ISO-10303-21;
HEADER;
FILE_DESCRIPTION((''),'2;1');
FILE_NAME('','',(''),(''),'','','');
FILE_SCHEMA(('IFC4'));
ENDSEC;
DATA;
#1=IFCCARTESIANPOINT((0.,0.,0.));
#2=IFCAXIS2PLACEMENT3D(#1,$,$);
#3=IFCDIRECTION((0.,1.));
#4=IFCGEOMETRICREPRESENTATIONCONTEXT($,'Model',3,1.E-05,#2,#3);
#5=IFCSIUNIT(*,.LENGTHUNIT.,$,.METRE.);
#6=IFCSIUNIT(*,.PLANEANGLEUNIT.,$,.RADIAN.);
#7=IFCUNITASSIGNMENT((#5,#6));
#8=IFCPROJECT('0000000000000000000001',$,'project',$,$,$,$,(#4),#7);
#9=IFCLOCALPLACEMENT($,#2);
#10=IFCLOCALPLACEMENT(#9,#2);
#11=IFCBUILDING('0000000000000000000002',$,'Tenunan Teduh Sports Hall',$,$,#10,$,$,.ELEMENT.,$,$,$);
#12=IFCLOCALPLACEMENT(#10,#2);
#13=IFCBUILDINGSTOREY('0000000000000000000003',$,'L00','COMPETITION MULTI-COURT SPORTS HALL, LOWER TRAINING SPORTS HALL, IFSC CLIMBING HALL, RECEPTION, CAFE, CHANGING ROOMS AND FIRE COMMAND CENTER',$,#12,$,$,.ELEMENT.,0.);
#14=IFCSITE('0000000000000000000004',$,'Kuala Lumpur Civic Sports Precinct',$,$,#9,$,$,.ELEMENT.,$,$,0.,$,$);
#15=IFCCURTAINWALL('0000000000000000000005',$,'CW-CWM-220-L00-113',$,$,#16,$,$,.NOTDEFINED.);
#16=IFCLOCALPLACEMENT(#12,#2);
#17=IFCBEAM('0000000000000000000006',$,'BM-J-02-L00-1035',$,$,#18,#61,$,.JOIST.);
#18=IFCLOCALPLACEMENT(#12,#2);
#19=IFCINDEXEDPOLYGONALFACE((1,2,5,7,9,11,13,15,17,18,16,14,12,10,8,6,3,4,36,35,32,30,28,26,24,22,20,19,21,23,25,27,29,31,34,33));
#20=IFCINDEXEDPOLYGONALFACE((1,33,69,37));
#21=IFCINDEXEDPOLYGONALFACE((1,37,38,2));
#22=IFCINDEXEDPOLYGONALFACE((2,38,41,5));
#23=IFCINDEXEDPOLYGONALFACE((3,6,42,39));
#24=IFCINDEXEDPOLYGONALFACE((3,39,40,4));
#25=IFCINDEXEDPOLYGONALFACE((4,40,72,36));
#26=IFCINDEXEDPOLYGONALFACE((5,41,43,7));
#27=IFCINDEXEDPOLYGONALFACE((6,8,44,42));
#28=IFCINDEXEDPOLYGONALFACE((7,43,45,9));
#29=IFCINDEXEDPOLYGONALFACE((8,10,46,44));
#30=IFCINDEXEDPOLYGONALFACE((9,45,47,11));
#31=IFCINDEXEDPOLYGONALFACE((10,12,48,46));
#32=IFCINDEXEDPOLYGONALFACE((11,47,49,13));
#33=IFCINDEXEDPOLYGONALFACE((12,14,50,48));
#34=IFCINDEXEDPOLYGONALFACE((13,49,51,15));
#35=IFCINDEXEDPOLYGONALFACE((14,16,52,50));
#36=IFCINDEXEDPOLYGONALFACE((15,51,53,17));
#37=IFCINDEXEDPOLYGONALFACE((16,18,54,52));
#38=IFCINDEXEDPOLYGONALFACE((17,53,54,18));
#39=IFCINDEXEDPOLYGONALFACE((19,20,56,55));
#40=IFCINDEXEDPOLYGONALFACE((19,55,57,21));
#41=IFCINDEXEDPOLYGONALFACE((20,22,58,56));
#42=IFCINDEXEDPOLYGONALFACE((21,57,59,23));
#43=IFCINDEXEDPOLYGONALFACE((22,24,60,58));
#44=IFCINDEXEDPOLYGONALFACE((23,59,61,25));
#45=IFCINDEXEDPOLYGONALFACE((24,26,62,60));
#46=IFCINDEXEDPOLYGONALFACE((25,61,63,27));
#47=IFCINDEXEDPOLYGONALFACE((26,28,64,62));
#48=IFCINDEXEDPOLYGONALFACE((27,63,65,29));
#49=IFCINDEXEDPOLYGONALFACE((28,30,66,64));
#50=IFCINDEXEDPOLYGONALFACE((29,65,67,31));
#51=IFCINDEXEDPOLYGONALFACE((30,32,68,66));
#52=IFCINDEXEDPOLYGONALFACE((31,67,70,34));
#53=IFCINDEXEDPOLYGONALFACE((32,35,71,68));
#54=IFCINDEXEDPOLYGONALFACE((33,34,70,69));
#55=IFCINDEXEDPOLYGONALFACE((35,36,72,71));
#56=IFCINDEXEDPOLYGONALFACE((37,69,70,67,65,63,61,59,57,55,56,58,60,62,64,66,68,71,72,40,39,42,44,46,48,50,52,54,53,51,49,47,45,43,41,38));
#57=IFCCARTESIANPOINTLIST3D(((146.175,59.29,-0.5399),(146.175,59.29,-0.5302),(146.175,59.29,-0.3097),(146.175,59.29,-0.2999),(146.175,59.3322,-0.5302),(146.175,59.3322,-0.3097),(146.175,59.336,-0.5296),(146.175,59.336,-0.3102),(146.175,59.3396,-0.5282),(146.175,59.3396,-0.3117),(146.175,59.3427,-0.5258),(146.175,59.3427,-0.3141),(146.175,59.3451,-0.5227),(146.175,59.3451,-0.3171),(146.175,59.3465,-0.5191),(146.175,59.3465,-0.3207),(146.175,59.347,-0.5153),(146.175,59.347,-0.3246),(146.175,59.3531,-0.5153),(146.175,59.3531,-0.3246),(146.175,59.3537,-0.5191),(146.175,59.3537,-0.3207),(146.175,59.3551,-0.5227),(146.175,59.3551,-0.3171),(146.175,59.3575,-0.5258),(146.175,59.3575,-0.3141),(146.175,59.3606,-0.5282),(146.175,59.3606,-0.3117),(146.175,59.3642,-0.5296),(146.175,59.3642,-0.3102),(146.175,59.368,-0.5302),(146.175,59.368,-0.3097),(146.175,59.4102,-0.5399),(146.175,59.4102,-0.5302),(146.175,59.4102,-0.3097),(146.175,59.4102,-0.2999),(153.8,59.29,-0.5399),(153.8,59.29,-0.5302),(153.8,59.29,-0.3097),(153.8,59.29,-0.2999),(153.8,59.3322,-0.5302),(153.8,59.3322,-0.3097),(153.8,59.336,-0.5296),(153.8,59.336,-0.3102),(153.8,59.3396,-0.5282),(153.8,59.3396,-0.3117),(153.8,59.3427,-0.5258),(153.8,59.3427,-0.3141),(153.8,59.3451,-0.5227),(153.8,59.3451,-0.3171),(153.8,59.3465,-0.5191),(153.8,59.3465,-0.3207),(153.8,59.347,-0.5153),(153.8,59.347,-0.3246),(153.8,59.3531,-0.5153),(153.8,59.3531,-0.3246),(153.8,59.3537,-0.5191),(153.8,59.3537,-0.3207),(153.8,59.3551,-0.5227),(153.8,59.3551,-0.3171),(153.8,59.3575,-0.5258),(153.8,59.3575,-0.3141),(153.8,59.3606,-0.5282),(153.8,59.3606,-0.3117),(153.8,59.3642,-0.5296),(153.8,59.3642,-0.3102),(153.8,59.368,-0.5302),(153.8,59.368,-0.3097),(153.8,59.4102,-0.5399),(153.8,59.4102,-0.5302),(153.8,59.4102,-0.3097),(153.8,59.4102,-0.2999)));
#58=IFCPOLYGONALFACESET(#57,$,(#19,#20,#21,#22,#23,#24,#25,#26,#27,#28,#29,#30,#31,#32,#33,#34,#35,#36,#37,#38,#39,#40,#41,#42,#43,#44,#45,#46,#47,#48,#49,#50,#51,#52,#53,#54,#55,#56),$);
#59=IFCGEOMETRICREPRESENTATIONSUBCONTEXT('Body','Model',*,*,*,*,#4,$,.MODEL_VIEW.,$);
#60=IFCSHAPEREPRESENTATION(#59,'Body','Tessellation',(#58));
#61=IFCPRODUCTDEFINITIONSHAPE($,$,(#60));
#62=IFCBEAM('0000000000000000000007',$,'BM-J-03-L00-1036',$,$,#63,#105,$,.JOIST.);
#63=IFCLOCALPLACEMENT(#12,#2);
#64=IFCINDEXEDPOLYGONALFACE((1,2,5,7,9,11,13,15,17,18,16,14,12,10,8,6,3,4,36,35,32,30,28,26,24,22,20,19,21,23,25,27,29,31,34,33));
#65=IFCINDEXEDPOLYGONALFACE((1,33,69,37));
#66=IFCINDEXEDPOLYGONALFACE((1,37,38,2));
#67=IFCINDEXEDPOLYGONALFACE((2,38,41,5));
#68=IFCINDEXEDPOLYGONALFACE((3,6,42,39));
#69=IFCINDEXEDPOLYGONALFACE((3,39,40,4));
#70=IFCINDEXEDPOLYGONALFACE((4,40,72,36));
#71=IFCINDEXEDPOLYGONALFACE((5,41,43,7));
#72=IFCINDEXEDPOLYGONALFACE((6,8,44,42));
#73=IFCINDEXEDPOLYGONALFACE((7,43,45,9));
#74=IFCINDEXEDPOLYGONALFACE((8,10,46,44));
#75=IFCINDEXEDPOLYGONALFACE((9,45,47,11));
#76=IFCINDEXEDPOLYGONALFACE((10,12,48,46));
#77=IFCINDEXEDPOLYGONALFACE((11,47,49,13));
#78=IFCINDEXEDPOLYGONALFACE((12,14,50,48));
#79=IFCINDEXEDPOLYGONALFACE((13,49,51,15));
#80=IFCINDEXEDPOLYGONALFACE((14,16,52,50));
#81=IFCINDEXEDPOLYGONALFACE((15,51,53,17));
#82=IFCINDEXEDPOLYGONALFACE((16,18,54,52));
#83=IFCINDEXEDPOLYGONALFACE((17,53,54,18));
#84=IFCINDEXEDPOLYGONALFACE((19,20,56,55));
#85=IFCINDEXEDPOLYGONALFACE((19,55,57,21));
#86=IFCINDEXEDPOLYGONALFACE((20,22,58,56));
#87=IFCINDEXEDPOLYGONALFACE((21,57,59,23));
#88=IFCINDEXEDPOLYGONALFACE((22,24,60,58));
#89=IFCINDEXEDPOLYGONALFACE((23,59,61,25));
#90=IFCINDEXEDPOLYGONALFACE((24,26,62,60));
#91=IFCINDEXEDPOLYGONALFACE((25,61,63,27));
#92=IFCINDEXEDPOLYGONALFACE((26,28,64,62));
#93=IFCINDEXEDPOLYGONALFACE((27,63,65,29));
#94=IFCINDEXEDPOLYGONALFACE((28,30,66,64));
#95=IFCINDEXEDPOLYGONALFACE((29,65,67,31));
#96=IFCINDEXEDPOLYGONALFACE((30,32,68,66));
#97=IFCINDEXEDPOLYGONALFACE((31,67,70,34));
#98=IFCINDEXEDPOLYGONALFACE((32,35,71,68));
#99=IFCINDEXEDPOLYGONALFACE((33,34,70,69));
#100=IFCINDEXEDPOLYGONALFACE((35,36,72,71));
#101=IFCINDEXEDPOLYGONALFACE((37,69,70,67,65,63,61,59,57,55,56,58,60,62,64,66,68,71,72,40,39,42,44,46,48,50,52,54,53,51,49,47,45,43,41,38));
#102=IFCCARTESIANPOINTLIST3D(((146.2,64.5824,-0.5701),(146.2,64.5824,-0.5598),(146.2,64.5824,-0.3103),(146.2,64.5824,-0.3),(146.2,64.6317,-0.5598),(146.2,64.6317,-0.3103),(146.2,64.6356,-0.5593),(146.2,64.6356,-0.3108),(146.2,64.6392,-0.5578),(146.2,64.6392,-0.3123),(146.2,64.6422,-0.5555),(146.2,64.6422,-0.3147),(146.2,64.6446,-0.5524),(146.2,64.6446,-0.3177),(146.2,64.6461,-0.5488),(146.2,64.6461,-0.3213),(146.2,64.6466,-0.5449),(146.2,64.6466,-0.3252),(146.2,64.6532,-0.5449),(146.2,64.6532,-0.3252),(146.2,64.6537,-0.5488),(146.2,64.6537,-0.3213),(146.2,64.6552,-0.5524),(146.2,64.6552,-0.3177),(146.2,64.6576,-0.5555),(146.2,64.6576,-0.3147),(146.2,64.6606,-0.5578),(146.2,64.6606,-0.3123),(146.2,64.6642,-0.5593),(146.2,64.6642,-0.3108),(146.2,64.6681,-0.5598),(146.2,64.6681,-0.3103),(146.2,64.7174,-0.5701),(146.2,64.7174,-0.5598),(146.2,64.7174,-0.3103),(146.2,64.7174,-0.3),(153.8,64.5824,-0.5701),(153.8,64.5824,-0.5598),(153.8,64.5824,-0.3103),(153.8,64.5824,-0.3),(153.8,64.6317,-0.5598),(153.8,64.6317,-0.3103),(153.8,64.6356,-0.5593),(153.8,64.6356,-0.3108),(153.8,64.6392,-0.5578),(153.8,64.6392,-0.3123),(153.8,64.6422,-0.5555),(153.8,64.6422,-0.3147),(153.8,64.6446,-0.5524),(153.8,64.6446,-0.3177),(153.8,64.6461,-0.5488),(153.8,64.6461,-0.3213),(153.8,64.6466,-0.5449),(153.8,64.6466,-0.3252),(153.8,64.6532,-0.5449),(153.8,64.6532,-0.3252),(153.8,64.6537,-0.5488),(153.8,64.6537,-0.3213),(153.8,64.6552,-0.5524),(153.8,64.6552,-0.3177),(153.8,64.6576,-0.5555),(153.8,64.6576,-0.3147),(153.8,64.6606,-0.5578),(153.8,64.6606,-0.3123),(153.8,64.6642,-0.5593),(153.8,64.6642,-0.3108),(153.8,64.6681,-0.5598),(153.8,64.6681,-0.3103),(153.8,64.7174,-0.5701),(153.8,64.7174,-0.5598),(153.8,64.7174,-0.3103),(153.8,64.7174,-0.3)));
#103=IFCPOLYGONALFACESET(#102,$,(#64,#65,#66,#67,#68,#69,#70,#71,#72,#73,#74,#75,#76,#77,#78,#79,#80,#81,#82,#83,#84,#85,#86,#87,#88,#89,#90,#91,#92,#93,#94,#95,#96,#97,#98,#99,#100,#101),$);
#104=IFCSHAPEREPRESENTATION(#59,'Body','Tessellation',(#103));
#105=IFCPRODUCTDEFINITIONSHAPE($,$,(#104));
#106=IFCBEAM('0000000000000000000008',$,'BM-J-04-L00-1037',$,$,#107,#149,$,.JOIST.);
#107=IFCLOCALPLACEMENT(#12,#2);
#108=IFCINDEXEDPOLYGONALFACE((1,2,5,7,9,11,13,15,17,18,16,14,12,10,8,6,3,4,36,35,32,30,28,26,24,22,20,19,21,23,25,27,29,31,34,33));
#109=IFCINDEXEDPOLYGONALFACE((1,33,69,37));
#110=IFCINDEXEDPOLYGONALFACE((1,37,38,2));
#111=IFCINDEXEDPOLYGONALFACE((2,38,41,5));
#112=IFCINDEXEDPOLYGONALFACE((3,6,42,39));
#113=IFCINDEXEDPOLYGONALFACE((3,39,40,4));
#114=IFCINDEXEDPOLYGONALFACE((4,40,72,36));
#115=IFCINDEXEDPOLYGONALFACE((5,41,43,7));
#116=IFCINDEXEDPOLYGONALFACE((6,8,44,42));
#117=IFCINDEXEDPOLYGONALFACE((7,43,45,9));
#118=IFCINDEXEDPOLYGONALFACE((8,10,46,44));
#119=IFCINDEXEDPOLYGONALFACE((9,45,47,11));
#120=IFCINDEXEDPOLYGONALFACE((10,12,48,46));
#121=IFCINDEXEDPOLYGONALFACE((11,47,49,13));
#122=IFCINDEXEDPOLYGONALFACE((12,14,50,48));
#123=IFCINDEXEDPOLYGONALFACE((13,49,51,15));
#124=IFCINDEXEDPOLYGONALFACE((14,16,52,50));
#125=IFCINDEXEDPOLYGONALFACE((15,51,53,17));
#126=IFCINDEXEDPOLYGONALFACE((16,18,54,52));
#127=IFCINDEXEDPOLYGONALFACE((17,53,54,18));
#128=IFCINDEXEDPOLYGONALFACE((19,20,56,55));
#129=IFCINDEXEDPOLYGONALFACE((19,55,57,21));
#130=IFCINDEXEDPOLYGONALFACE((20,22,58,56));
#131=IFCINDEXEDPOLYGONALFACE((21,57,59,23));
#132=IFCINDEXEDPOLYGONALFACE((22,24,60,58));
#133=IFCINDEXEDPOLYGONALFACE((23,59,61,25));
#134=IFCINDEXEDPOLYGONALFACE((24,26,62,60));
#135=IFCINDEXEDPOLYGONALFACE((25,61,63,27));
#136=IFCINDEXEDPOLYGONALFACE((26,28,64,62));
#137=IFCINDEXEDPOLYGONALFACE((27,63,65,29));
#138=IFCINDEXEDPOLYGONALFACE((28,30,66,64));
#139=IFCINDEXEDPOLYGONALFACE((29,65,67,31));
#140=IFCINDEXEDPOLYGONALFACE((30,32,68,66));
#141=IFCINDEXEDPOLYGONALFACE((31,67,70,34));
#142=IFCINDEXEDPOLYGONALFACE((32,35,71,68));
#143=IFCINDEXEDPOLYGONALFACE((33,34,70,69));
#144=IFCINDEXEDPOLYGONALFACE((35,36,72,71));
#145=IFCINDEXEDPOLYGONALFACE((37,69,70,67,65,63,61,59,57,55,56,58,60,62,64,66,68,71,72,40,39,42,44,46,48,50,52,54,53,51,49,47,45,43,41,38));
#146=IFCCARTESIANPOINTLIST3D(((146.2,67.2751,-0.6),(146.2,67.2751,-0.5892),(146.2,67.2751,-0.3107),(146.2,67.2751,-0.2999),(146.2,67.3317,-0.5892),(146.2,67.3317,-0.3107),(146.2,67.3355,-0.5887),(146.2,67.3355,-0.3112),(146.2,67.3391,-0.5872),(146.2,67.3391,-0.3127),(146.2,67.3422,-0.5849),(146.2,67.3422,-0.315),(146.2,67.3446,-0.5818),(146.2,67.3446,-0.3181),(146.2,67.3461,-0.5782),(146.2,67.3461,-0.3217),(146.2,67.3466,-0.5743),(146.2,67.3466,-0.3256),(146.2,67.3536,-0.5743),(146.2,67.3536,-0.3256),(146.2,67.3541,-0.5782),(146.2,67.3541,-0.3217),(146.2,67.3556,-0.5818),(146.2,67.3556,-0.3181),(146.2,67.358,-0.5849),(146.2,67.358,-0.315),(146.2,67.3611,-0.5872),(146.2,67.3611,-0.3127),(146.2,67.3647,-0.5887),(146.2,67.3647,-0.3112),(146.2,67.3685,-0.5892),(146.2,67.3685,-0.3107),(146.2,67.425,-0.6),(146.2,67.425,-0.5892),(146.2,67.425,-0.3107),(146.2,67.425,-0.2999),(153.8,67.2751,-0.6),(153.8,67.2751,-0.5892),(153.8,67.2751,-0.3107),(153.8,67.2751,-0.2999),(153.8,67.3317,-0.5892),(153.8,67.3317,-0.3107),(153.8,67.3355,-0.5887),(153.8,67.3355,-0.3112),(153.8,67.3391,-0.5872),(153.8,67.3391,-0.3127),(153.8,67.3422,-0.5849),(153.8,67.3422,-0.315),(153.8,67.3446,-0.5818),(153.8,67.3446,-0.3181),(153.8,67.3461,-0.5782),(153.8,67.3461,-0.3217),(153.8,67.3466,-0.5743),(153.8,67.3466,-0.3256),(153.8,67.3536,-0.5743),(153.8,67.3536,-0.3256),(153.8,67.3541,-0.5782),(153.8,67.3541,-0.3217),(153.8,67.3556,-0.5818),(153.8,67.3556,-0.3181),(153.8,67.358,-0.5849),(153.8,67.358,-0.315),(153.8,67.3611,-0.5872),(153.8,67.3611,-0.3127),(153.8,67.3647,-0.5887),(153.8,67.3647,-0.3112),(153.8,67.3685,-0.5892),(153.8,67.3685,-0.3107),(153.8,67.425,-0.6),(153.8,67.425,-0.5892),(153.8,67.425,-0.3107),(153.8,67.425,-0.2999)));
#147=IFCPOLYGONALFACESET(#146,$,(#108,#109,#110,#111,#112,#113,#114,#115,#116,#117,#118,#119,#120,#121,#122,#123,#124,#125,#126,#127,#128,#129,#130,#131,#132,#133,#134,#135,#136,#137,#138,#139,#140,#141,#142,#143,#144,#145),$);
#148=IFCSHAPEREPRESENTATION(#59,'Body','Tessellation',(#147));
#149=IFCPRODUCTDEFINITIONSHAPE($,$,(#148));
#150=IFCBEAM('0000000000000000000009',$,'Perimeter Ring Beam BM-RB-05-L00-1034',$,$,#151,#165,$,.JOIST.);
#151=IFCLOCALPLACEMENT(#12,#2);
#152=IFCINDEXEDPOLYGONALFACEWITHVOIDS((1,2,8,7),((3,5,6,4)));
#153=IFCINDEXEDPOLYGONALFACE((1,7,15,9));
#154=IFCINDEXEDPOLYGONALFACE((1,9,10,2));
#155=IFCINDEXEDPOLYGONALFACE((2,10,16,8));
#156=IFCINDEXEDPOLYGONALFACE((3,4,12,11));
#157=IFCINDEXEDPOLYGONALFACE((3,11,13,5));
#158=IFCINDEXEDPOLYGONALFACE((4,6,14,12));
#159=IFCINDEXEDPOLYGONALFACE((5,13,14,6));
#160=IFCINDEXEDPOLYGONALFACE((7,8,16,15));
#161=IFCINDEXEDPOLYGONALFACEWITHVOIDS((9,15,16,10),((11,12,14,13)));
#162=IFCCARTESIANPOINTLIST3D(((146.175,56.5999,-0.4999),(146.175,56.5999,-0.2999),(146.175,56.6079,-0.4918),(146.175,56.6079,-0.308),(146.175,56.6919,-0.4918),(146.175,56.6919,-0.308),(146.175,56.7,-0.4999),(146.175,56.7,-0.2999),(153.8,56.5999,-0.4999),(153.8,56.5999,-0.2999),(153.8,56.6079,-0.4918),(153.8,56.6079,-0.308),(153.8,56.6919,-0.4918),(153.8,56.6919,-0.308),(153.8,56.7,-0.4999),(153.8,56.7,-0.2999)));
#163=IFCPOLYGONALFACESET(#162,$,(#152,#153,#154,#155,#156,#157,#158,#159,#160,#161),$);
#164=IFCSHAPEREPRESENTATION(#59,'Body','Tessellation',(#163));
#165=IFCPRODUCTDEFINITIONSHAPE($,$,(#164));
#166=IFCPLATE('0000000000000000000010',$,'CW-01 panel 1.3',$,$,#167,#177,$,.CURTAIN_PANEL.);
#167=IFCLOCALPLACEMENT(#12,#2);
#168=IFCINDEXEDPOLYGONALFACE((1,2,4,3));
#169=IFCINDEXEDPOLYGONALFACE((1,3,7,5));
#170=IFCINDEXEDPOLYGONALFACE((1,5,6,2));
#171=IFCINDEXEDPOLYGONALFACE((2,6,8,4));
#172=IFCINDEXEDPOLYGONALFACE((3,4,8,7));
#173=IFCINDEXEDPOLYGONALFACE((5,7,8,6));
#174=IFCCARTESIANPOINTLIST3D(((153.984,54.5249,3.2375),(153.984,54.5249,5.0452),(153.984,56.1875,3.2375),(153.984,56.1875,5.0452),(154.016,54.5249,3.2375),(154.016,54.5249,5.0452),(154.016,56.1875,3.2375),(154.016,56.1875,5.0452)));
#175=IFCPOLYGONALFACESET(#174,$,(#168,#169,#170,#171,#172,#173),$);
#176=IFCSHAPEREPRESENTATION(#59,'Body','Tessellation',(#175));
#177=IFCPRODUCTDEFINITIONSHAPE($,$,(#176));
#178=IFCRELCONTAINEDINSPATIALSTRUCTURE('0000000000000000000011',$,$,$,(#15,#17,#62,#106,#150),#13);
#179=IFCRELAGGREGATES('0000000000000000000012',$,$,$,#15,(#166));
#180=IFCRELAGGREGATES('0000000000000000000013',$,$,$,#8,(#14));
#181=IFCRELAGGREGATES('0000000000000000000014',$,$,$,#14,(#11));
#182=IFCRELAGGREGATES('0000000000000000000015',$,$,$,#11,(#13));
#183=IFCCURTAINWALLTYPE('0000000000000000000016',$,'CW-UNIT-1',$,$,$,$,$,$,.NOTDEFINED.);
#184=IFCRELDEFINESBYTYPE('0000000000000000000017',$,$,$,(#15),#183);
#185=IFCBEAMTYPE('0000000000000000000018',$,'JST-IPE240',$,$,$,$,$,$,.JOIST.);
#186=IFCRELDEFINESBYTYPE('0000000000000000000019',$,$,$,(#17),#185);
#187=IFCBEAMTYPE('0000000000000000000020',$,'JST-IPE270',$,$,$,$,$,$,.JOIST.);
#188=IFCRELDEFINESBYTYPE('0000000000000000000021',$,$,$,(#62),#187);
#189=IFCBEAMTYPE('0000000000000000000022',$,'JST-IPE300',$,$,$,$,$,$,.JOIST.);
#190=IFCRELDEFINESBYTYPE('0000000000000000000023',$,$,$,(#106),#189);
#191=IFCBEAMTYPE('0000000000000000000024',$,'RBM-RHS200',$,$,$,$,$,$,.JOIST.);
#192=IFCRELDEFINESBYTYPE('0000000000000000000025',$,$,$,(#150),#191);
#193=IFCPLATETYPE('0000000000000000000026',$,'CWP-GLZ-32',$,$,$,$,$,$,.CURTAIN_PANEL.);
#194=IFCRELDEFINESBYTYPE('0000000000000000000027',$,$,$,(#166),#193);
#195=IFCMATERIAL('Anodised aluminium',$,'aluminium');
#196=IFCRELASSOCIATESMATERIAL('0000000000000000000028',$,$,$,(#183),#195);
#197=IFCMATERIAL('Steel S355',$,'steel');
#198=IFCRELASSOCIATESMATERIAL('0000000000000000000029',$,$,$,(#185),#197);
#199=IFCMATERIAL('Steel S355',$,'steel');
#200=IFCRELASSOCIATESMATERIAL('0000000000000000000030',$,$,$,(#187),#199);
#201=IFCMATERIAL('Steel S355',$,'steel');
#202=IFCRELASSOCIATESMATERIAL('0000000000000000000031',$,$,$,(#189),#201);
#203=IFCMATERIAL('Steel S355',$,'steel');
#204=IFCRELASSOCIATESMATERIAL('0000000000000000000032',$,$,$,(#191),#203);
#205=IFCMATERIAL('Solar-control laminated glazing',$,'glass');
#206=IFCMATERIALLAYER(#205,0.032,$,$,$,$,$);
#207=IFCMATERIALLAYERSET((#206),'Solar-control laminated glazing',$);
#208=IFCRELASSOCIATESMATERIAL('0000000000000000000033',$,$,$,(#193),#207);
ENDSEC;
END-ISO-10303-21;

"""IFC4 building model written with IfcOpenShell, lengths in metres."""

from ifc_helpers import new_model, si_unit, direction, frame, origin, origin_2d, place, context, subcontext, project, spatial, rectangle, hollow_rectangle, i_section, extrude, material, layer, layer_set, material_profile, profile_set, type_object, element, aggregate, save


model = new_model("IFC4")

# Units and contexts
model_context = context("Model", 3, precision=1e-05, world=origin(), true_north=direction((0.0, 1.0)))
body_context = subcontext(model_context, "Body", "Model", "MODEL_VIEW")
ifc_project = project(units=[si_unit("LENGTHUNIT", "METRE"), si_unit("PLANEANGLEUNIT", "RADIAN")], contexts=[model_context])

# Site, building, storey
site_placement = place(None, origin())
site = spatial("IfcSite", under=ifc_project, at=site_placement, Name="Kuala Lumpur Civic Sports Precinct", CompositionType="ELEMENT", RefElevation=0.0)
building_placement = place(site_placement, origin())
building = spatial("IfcBuilding", under=site, at=building_placement, Name="Tenunan Teduh Sports Hall", CompositionType="ELEMENT")
storey_placement = place(building_placement, origin())
storey = spatial("IfcBuildingStorey", under=building, at=storey_placement, Name="L00", Description="COMPETITION MULTI-COURT SPORTS HALL, LOWER TRAINING SPORTS HALL, IFSC CLIMBING HALL, RECEPTION, CAFE, CHANGING ROOMS AND FIRE COMMAND CENTER", CompositionType="ELEMENT", Elevation=0.0)

# Curtain wall
ifc_material_1 = material(Name="Anodised aluminium", Category="aluminium")
curtain_wall_type = type_object("IfcCurtainWallType", Name="CW-UNIT-1", PredefinedType="NOTDEFINED", material=ifc_material_1)
curtain_wall_placement = place(storey_placement, origin())
curtain_wall = element("IfcCurtainWall", 1, at=curtain_wall_placement, inside=storey, type_object=curtain_wall_type, Name="CW-CWM-220-L00-113", PredefinedType="NOTDEFINED")

# Beams
ifc_material_2 = material(Name="Steel S355", Category="steel")
ifc_material_profile_1 = material_profile(ifc_material_2, i_section(OverallWidth=0.1201, OverallDepth=0.24, WebThickness=0.0061, FlangeThickness=0.0098, FilletRadius=0.0149, at=origin_2d()), Name="IPE 240")
ifc_profile_set_1 = profile_set([ifc_material_profile_1], Name="Steel S355")
beam_type_1 = type_object("IfcBeamType", Name="JST-IPE240", PredefinedType="JOIST", material=ifc_profile_set_1)
beam_1_placement = place(storey_placement, frame((146.175, 59.3501, -0.4199), z_axis=(1.0, 0.0, 0.0), x_axis=(0.0, 1.0, 0.0)))
element("IfcBeam", 2, at=beam_1_placement, inside=storey, type_object=beam_type_1, Name="BM-J-02-L00-1035", PredefinedType="JOIST", context=body_context, shape_type="SweptSolid", body=[
    extrude(i_section(OverallWidth=0.1201, OverallDepth=0.24, WebThickness=0.0061, FlangeThickness=0.0098, FilletRadius=0.0149, at=origin_2d()), origin(), (0.0, 0.0, 1.0), 7.625),
])
ifc_material_3 = material(Name="Steel S355", Category="steel")
ifc_material_profile_2 = material_profile(ifc_material_3, i_section(OverallWidth=0.135, OverallDepth=0.27, WebThickness=0.0066, FlangeThickness=0.0103, FilletRadius=0.0149, at=origin_2d()), Name="IPE 270")
ifc_profile_set_2 = profile_set([ifc_material_profile_2], Name="Steel S355")
beam_type_2 = type_object("IfcBeamType", Name="JST-IPE270", PredefinedType="JOIST", material=ifc_profile_set_2)
beam_2_placement = place(storey_placement, frame((146.2, 64.6499, -0.4351), z_axis=(1.0, 0.0, 0.0), x_axis=(0.0, 1.0, 0.0)))
element("IfcBeam", 3, at=beam_2_placement, inside=storey, type_object=beam_type_2, Name="BM-J-03-L00-1036", PredefinedType="JOIST", context=body_context, shape_type="SweptSolid", body=[
    extrude(i_section(OverallWidth=0.135, OverallDepth=0.27, WebThickness=0.0066, FlangeThickness=0.0103, FilletRadius=0.0149, at=origin_2d()), origin(), (0.0, 0.0, 1.0), 7.6001),
])
ifc_material_4 = material(Name="Steel S355", Category="steel")
ifc_material_profile_3 = material_profile(ifc_material_4, i_section(OverallWidth=0.1499, OverallDepth=0.3, WebThickness=0.0071, FlangeThickness=0.0107, FilletRadius=0.0149, at=origin_2d()), Name="IPE 300")
ifc_profile_set_3 = profile_set([ifc_material_profile_3], Name="Steel S355")
beam_type_3 = type_object("IfcBeamType", Name="JST-IPE300", PredefinedType="JOIST", material=ifc_profile_set_3)
beam_3_placement = place(storey_placement, frame((146.2, 67.3501, -0.45), z_axis=(1.0, 0.0, 0.0), x_axis=(0.0, 1.0, 0.0)))
element("IfcBeam", 4, at=beam_3_placement, inside=storey, type_object=beam_type_3, Name="BM-J-04-L00-1037", PredefinedType="JOIST", context=body_context, shape_type="SweptSolid", body=[
    extrude(i_section(OverallWidth=0.1499, OverallDepth=0.3, WebThickness=0.0071, FlangeThickness=0.0107, FilletRadius=0.0149, at=origin_2d()), origin(), (0.0, 0.0, 1.0), 7.6001),
])
ifc_material_5 = material(Name="Steel S355", Category="steel")
ifc_material_profile_4 = material_profile(ifc_material_5, hollow_rectangle(XDim=0.1001, YDim=0.2, WallThickness=0.0081, at=origin_2d()), Name="RHS 200x100x8.0")
ifc_profile_set_4 = profile_set([ifc_material_profile_4], Name="Steel S355")
beam_type_4 = type_object("IfcBeamType", Name="RBM-RHS200", PredefinedType="JOIST", material=ifc_profile_set_4)
beam_4_placement = place(storey_placement, frame((146.175, 56.6499, -0.3999), z_axis=(1.0, 0.0, 0.0), x_axis=(0.0, 1.0, 0.0)))
element("IfcBeam", 5, at=beam_4_placement, inside=storey, type_object=beam_type_4, Name="Perimeter Ring Beam BM-RB-05-L00-1034", PredefinedType="JOIST", context=body_context, shape_type="SweptSolid", body=[
    extrude(hollow_rectangle(XDim=0.1001, YDim=0.2, WallThickness=0.0081, at=origin_2d()), origin(), (0.0, 0.0, 1.0), 7.625),
])

# Plate
ifc_material_6 = material(Name="Solar-control laminated glazing", Category="glass")
ifc_layer_1 = layer(ifc_material_6, 0.032)
ifc_layer_set_1 = layer_set([ifc_layer_1], Name="Solar-control laminated glazing")
plate_type_1 = type_object("IfcPlateType", Name="CWP-GLZ-32", PredefinedType="CURTAIN_PANEL", material=ifc_layer_set_1)
plate_1_placement = place(storey_placement, frame((154.0, 55.3562, 3.2375), z_axis=(0.0, 0.0, 1.0), x_axis=(0.0, 1.0, 0.0)))
plate_1 = element("IfcPlate", 6, at=plate_1_placement, type_object=plate_type_1, Name="CW-01 panel 1.3", PredefinedType="CURTAIN_PANEL", context=body_context, shape_type="SweptSolid", body=[
    extrude(rectangle(XDim=1.6626, YDim=0.032, at=origin_2d()), origin(), (0.0, 0.0, 1.0), 1.8076),
])
aggregate(curtain_wall, [plate_1])

save(model, "model.ifc")
